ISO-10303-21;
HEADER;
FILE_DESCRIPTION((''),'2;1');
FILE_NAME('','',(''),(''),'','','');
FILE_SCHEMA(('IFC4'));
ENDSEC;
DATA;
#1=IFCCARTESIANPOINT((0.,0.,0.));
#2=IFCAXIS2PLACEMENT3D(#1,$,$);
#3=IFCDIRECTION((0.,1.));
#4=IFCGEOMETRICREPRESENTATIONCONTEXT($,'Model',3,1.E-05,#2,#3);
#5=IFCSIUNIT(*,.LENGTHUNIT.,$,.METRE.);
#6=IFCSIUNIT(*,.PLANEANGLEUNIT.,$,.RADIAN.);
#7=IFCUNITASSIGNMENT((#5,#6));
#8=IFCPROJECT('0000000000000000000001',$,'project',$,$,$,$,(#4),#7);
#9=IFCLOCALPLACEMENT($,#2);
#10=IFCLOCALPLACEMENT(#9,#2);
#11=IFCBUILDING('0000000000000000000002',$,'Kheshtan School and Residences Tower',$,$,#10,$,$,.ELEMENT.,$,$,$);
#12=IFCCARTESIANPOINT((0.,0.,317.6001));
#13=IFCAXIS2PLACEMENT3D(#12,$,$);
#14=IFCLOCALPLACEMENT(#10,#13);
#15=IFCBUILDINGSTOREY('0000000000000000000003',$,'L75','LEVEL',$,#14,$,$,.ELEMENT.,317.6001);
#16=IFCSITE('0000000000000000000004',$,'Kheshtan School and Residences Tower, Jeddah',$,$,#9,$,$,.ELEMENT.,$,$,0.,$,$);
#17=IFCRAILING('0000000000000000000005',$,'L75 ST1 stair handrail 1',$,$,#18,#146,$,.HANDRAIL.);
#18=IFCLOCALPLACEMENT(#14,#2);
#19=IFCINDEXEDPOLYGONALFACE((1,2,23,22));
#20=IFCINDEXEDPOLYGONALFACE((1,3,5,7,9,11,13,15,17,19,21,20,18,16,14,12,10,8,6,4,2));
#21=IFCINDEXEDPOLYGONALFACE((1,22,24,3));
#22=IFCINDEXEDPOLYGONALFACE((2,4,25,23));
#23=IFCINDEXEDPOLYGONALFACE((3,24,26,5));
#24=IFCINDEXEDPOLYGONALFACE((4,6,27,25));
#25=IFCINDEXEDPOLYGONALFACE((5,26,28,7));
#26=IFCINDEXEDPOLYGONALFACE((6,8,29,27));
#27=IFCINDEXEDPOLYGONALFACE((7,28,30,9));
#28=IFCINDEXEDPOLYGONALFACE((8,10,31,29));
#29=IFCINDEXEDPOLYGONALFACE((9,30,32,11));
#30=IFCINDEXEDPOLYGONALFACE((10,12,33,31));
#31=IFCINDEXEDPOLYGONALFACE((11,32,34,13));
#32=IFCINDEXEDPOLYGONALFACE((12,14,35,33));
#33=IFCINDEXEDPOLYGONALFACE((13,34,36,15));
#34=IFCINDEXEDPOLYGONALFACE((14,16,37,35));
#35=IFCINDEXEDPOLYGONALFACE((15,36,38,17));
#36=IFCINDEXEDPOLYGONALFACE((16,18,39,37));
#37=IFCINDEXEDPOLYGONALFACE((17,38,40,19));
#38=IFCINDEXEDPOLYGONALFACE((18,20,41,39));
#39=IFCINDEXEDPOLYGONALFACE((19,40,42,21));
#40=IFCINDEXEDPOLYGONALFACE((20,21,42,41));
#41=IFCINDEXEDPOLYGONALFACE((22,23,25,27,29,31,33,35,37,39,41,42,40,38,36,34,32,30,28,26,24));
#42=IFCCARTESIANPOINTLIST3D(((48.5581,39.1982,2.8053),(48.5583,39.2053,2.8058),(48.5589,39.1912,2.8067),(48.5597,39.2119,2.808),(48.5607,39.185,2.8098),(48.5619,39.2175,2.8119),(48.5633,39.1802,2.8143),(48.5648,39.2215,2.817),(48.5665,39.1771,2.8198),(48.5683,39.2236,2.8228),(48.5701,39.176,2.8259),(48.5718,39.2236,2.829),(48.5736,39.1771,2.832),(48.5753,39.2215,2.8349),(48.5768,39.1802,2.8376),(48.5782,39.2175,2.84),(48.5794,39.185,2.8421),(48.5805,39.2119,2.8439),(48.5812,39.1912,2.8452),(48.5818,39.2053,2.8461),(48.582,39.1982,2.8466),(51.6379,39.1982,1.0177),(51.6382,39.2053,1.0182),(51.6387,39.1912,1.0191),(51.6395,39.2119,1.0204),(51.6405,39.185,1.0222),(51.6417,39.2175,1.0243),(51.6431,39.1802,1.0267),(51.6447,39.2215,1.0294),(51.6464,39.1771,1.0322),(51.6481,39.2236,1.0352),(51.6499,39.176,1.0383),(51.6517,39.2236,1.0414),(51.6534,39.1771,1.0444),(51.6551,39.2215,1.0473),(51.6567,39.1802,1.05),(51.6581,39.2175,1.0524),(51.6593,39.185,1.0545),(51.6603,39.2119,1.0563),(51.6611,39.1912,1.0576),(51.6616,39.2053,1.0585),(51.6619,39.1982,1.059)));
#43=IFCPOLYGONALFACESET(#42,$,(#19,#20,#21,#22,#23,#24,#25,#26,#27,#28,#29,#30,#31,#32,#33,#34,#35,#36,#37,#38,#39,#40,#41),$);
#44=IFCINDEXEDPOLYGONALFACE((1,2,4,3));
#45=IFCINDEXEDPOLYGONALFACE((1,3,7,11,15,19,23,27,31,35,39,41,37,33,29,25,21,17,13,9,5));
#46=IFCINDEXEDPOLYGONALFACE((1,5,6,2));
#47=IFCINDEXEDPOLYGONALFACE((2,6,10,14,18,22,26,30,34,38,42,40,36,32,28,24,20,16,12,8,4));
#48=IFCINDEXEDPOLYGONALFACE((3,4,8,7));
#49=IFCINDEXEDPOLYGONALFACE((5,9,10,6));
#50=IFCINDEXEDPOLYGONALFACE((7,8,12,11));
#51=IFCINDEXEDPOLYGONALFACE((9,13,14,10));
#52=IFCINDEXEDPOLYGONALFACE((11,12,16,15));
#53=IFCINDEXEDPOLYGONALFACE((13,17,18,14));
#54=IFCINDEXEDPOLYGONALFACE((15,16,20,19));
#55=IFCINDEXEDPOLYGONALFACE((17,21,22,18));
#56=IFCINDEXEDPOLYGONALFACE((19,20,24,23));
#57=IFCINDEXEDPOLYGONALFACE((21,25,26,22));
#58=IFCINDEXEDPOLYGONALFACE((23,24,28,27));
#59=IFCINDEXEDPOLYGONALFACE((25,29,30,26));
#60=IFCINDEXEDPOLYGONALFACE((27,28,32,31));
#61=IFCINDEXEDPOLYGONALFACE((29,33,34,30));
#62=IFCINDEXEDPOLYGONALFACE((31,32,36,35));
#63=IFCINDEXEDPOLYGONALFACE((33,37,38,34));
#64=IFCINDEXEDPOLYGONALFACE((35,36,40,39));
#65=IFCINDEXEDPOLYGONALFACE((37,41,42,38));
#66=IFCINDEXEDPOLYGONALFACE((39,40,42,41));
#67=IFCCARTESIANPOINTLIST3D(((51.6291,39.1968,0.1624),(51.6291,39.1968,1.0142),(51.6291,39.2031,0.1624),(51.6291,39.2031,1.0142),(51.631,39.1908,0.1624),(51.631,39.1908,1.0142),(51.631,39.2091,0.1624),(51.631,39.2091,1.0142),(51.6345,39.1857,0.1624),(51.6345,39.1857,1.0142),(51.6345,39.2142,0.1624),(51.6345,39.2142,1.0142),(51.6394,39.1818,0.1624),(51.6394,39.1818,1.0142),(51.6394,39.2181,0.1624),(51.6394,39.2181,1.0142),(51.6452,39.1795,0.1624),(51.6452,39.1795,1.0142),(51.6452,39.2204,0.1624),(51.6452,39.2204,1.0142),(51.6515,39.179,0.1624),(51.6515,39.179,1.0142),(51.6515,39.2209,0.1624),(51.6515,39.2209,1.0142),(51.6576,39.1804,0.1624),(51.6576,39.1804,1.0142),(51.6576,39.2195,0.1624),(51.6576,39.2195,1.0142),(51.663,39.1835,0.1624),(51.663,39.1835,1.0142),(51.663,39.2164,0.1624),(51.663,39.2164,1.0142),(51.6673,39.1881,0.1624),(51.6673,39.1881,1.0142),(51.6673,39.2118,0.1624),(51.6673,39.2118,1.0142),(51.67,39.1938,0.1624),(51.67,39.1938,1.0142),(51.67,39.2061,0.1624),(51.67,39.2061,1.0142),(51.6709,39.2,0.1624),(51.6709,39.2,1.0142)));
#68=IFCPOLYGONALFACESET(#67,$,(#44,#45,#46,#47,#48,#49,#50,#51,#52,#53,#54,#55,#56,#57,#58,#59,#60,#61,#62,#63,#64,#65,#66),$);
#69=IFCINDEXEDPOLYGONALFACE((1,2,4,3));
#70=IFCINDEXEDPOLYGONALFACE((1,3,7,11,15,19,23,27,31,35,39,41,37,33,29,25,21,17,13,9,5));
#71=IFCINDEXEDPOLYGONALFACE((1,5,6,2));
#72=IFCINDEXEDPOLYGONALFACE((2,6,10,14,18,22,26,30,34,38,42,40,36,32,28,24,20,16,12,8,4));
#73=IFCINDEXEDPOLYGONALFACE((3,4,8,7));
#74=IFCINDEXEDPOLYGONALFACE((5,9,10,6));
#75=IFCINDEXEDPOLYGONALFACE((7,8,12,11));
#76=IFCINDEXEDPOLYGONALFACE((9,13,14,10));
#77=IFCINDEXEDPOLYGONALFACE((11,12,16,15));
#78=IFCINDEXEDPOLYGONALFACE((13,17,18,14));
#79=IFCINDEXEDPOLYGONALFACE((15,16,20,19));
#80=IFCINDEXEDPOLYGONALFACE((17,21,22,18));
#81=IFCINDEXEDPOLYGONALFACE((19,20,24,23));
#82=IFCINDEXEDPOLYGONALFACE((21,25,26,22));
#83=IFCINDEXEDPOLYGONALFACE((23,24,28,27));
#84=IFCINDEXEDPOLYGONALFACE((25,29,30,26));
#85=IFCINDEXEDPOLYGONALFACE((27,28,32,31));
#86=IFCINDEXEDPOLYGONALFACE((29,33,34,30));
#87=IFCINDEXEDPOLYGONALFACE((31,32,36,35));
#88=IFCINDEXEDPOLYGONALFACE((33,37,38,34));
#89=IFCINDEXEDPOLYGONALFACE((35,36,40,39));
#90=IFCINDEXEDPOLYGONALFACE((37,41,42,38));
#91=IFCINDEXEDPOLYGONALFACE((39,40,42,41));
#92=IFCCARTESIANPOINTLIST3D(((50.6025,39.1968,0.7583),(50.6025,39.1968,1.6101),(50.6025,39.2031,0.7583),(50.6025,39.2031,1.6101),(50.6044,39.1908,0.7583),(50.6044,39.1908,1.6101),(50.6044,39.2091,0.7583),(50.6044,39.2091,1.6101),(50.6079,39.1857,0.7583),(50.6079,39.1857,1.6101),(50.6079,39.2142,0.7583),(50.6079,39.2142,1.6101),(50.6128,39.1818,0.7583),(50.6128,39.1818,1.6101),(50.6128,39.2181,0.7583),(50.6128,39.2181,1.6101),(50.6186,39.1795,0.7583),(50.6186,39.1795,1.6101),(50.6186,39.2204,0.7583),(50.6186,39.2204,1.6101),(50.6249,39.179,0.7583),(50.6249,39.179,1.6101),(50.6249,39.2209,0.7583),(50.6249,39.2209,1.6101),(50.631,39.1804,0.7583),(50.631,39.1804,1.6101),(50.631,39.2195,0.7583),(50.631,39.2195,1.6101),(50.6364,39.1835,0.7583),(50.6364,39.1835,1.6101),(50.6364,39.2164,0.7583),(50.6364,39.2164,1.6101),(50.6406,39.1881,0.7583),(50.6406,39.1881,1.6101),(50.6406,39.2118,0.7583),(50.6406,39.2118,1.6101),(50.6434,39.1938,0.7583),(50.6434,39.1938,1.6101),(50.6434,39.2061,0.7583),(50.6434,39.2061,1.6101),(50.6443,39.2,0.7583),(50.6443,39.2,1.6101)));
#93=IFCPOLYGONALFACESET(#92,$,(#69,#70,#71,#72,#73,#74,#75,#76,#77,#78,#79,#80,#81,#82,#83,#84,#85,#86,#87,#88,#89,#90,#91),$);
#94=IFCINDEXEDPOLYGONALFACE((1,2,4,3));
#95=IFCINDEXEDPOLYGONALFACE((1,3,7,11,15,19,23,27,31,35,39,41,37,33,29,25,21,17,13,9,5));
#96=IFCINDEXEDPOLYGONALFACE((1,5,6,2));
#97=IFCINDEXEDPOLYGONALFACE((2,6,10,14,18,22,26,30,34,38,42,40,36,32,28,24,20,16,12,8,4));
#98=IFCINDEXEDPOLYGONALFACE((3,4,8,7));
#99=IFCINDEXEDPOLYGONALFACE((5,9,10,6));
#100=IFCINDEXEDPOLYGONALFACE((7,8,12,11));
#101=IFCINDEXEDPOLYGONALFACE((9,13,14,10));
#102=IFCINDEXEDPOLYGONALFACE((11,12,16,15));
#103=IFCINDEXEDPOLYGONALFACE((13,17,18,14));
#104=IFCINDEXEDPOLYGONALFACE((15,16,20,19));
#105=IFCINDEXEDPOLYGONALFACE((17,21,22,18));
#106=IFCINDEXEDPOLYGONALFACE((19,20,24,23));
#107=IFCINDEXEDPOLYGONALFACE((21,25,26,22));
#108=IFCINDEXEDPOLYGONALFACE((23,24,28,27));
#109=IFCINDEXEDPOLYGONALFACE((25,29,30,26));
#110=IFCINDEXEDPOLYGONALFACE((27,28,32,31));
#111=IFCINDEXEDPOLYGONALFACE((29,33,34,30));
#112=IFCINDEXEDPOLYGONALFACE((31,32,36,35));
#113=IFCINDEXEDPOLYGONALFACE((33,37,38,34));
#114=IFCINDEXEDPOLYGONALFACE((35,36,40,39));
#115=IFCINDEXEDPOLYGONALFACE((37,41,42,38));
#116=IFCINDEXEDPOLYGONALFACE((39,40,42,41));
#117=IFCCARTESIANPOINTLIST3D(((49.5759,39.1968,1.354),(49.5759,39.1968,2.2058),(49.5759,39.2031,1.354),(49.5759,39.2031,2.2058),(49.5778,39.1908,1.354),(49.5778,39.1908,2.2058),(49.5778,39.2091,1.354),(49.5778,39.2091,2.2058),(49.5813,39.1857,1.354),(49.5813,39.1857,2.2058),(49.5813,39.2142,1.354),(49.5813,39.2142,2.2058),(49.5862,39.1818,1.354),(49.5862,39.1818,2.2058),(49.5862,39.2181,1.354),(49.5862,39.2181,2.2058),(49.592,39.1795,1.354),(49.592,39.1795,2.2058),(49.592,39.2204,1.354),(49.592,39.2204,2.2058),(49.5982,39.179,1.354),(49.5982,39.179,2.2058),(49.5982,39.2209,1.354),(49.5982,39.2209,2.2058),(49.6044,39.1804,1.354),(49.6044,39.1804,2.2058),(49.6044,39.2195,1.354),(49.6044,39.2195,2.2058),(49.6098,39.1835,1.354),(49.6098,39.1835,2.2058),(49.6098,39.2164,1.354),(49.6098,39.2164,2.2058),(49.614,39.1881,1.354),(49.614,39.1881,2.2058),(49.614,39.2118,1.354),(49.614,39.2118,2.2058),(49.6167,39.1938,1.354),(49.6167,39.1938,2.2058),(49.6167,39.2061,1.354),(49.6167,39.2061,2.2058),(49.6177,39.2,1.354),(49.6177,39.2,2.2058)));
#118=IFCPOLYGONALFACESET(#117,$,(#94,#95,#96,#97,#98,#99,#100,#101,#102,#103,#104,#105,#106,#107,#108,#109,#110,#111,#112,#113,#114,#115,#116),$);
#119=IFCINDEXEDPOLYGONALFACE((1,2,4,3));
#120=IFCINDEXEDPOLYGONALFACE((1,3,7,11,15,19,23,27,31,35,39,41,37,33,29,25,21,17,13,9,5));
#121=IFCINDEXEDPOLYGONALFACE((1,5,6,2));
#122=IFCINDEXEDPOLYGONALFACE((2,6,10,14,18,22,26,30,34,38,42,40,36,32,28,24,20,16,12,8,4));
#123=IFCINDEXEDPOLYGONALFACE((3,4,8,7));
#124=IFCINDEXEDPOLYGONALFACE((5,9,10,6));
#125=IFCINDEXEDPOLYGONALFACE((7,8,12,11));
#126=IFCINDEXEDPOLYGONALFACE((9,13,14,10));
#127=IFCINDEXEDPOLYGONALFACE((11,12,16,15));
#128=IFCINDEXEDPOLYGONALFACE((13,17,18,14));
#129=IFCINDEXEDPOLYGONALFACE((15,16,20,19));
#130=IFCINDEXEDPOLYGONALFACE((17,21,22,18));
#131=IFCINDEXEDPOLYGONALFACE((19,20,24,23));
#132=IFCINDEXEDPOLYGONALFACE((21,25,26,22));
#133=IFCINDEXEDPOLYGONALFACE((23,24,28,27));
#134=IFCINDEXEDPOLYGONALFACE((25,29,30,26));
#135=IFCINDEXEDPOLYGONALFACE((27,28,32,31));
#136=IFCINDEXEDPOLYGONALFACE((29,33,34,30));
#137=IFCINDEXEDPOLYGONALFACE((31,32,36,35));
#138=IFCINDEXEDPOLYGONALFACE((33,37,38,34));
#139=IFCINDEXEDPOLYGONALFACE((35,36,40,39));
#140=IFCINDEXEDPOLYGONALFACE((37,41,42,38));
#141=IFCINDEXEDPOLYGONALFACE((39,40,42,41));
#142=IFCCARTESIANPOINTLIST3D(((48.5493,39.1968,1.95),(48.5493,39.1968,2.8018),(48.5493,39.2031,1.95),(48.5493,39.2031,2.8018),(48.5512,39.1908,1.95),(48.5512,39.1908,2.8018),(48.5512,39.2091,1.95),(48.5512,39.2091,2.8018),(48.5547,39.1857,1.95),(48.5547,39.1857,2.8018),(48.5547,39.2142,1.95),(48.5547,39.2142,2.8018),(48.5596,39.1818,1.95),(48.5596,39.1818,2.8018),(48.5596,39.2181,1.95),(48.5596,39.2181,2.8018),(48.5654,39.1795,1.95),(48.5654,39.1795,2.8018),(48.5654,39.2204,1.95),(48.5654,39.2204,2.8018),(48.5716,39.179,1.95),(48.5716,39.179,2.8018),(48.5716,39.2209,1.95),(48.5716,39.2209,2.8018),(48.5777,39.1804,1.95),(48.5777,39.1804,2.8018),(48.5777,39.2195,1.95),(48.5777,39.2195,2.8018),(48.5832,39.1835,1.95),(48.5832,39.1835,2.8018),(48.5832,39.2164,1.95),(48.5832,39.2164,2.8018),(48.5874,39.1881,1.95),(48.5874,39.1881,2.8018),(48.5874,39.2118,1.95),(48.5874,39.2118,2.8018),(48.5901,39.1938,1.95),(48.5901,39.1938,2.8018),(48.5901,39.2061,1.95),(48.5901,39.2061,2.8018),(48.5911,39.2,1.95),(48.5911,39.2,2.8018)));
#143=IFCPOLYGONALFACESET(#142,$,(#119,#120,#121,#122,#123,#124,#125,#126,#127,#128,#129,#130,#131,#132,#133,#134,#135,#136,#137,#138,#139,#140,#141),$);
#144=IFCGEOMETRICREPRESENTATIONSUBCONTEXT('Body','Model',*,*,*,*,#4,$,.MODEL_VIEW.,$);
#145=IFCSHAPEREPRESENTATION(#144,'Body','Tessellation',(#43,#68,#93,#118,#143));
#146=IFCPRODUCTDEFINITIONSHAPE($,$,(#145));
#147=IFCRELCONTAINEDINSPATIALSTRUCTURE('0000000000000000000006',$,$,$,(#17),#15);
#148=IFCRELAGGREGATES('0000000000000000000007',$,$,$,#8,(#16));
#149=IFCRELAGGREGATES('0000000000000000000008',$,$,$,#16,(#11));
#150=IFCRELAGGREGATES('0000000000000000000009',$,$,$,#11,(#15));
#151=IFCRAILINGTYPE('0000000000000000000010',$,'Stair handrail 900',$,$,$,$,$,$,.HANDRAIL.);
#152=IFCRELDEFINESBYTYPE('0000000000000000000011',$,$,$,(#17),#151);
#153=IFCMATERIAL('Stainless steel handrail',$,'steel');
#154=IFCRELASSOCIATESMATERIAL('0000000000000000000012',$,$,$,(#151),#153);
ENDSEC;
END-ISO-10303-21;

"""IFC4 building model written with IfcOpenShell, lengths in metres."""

from ifc_helpers import new_model, si_unit, direction, frame, origin, origin_2d, place, context, subcontext, project, spatial, circle, extrude, material, type_object, element, save


model = new_model("IFC4")

# Units and contexts
model_context = context("Model", 3, precision=1e-05, world=origin(), true_north=direction((0.0, 1.0)))
body_context = subcontext(model_context, "Body", "Model", "MODEL_VIEW")
ifc_project = project(units=[si_unit("LENGTHUNIT", "METRE"), si_unit("PLANEANGLEUNIT", "RADIAN")], contexts=[model_context])

# Site, building, storey
site_placement = place(None, origin())
site = spatial("IfcSite", under=ifc_project, at=site_placement, Name="Kheshtan School and Residences Tower, Jeddah", CompositionType="ELEMENT", RefElevation=0.0)
building_placement = place(site_placement, origin())
building = spatial("IfcBuilding", under=site, at=building_placement, Name="Kheshtan School and Residences Tower", CompositionType="ELEMENT")
storey_placement = place(building_placement, frame((0.0, 0.0, 317.6001)))
storey = spatial("IfcBuildingStorey", under=building, at=storey_placement, Name="L75", Description="LEVEL", CompositionType="ELEMENT", Elevation=317.6001)

# Railing
ifc_material_1 = material(Name="Stainless steel handrail", Category="steel")
railing_type_1 = type_object("IfcRailingType", Name="Stair handrail 900", PredefinedType="HANDRAIL", material=ifc_material_1)
railing_1_placement = place(storey_placement, frame((51.6499, 39.2, 0.1624)))
element("IfcRailing", 1, at=railing_1_placement, inside=storey, type_object=railing_type_1, Name="L75 ST1 stair handrail 1", PredefinedType="HANDRAIL", context=body_context, shape_type="SweptSolid", body=[
    extrude(circle(Radius=0.0239, at=origin_2d()), frame((0.0, 0.0, 0.876), z_axis=(-0.864873, 0.0, 0.50199), x_axis=(0.0, -1.0, 0.0)), (0.0, 0.0, 1.0), 3.561),
    extrude(circle(Radius=0.021, at=origin_2d()), origin(), (0.0, 0.0, 1.0), 0.8518),
    extrude(circle(Radius=0.021, at=origin_2d()), frame((-1.0266, 0.0, 0.5959)), (0.0, 0.0, 1.0), 0.8518),
    extrude(circle(Radius=0.021, at=origin_2d()), frame((-2.0532, 0.0, 1.1917)), (0.0, 0.0, 1.0), 0.8518),
    extrude(circle(Radius=0.021, at=origin_2d()), frame((-3.0798, 0.0, 1.7876)), (0.0, 0.0, 1.0), 0.8518),
])

save(model, "model.ifc")
